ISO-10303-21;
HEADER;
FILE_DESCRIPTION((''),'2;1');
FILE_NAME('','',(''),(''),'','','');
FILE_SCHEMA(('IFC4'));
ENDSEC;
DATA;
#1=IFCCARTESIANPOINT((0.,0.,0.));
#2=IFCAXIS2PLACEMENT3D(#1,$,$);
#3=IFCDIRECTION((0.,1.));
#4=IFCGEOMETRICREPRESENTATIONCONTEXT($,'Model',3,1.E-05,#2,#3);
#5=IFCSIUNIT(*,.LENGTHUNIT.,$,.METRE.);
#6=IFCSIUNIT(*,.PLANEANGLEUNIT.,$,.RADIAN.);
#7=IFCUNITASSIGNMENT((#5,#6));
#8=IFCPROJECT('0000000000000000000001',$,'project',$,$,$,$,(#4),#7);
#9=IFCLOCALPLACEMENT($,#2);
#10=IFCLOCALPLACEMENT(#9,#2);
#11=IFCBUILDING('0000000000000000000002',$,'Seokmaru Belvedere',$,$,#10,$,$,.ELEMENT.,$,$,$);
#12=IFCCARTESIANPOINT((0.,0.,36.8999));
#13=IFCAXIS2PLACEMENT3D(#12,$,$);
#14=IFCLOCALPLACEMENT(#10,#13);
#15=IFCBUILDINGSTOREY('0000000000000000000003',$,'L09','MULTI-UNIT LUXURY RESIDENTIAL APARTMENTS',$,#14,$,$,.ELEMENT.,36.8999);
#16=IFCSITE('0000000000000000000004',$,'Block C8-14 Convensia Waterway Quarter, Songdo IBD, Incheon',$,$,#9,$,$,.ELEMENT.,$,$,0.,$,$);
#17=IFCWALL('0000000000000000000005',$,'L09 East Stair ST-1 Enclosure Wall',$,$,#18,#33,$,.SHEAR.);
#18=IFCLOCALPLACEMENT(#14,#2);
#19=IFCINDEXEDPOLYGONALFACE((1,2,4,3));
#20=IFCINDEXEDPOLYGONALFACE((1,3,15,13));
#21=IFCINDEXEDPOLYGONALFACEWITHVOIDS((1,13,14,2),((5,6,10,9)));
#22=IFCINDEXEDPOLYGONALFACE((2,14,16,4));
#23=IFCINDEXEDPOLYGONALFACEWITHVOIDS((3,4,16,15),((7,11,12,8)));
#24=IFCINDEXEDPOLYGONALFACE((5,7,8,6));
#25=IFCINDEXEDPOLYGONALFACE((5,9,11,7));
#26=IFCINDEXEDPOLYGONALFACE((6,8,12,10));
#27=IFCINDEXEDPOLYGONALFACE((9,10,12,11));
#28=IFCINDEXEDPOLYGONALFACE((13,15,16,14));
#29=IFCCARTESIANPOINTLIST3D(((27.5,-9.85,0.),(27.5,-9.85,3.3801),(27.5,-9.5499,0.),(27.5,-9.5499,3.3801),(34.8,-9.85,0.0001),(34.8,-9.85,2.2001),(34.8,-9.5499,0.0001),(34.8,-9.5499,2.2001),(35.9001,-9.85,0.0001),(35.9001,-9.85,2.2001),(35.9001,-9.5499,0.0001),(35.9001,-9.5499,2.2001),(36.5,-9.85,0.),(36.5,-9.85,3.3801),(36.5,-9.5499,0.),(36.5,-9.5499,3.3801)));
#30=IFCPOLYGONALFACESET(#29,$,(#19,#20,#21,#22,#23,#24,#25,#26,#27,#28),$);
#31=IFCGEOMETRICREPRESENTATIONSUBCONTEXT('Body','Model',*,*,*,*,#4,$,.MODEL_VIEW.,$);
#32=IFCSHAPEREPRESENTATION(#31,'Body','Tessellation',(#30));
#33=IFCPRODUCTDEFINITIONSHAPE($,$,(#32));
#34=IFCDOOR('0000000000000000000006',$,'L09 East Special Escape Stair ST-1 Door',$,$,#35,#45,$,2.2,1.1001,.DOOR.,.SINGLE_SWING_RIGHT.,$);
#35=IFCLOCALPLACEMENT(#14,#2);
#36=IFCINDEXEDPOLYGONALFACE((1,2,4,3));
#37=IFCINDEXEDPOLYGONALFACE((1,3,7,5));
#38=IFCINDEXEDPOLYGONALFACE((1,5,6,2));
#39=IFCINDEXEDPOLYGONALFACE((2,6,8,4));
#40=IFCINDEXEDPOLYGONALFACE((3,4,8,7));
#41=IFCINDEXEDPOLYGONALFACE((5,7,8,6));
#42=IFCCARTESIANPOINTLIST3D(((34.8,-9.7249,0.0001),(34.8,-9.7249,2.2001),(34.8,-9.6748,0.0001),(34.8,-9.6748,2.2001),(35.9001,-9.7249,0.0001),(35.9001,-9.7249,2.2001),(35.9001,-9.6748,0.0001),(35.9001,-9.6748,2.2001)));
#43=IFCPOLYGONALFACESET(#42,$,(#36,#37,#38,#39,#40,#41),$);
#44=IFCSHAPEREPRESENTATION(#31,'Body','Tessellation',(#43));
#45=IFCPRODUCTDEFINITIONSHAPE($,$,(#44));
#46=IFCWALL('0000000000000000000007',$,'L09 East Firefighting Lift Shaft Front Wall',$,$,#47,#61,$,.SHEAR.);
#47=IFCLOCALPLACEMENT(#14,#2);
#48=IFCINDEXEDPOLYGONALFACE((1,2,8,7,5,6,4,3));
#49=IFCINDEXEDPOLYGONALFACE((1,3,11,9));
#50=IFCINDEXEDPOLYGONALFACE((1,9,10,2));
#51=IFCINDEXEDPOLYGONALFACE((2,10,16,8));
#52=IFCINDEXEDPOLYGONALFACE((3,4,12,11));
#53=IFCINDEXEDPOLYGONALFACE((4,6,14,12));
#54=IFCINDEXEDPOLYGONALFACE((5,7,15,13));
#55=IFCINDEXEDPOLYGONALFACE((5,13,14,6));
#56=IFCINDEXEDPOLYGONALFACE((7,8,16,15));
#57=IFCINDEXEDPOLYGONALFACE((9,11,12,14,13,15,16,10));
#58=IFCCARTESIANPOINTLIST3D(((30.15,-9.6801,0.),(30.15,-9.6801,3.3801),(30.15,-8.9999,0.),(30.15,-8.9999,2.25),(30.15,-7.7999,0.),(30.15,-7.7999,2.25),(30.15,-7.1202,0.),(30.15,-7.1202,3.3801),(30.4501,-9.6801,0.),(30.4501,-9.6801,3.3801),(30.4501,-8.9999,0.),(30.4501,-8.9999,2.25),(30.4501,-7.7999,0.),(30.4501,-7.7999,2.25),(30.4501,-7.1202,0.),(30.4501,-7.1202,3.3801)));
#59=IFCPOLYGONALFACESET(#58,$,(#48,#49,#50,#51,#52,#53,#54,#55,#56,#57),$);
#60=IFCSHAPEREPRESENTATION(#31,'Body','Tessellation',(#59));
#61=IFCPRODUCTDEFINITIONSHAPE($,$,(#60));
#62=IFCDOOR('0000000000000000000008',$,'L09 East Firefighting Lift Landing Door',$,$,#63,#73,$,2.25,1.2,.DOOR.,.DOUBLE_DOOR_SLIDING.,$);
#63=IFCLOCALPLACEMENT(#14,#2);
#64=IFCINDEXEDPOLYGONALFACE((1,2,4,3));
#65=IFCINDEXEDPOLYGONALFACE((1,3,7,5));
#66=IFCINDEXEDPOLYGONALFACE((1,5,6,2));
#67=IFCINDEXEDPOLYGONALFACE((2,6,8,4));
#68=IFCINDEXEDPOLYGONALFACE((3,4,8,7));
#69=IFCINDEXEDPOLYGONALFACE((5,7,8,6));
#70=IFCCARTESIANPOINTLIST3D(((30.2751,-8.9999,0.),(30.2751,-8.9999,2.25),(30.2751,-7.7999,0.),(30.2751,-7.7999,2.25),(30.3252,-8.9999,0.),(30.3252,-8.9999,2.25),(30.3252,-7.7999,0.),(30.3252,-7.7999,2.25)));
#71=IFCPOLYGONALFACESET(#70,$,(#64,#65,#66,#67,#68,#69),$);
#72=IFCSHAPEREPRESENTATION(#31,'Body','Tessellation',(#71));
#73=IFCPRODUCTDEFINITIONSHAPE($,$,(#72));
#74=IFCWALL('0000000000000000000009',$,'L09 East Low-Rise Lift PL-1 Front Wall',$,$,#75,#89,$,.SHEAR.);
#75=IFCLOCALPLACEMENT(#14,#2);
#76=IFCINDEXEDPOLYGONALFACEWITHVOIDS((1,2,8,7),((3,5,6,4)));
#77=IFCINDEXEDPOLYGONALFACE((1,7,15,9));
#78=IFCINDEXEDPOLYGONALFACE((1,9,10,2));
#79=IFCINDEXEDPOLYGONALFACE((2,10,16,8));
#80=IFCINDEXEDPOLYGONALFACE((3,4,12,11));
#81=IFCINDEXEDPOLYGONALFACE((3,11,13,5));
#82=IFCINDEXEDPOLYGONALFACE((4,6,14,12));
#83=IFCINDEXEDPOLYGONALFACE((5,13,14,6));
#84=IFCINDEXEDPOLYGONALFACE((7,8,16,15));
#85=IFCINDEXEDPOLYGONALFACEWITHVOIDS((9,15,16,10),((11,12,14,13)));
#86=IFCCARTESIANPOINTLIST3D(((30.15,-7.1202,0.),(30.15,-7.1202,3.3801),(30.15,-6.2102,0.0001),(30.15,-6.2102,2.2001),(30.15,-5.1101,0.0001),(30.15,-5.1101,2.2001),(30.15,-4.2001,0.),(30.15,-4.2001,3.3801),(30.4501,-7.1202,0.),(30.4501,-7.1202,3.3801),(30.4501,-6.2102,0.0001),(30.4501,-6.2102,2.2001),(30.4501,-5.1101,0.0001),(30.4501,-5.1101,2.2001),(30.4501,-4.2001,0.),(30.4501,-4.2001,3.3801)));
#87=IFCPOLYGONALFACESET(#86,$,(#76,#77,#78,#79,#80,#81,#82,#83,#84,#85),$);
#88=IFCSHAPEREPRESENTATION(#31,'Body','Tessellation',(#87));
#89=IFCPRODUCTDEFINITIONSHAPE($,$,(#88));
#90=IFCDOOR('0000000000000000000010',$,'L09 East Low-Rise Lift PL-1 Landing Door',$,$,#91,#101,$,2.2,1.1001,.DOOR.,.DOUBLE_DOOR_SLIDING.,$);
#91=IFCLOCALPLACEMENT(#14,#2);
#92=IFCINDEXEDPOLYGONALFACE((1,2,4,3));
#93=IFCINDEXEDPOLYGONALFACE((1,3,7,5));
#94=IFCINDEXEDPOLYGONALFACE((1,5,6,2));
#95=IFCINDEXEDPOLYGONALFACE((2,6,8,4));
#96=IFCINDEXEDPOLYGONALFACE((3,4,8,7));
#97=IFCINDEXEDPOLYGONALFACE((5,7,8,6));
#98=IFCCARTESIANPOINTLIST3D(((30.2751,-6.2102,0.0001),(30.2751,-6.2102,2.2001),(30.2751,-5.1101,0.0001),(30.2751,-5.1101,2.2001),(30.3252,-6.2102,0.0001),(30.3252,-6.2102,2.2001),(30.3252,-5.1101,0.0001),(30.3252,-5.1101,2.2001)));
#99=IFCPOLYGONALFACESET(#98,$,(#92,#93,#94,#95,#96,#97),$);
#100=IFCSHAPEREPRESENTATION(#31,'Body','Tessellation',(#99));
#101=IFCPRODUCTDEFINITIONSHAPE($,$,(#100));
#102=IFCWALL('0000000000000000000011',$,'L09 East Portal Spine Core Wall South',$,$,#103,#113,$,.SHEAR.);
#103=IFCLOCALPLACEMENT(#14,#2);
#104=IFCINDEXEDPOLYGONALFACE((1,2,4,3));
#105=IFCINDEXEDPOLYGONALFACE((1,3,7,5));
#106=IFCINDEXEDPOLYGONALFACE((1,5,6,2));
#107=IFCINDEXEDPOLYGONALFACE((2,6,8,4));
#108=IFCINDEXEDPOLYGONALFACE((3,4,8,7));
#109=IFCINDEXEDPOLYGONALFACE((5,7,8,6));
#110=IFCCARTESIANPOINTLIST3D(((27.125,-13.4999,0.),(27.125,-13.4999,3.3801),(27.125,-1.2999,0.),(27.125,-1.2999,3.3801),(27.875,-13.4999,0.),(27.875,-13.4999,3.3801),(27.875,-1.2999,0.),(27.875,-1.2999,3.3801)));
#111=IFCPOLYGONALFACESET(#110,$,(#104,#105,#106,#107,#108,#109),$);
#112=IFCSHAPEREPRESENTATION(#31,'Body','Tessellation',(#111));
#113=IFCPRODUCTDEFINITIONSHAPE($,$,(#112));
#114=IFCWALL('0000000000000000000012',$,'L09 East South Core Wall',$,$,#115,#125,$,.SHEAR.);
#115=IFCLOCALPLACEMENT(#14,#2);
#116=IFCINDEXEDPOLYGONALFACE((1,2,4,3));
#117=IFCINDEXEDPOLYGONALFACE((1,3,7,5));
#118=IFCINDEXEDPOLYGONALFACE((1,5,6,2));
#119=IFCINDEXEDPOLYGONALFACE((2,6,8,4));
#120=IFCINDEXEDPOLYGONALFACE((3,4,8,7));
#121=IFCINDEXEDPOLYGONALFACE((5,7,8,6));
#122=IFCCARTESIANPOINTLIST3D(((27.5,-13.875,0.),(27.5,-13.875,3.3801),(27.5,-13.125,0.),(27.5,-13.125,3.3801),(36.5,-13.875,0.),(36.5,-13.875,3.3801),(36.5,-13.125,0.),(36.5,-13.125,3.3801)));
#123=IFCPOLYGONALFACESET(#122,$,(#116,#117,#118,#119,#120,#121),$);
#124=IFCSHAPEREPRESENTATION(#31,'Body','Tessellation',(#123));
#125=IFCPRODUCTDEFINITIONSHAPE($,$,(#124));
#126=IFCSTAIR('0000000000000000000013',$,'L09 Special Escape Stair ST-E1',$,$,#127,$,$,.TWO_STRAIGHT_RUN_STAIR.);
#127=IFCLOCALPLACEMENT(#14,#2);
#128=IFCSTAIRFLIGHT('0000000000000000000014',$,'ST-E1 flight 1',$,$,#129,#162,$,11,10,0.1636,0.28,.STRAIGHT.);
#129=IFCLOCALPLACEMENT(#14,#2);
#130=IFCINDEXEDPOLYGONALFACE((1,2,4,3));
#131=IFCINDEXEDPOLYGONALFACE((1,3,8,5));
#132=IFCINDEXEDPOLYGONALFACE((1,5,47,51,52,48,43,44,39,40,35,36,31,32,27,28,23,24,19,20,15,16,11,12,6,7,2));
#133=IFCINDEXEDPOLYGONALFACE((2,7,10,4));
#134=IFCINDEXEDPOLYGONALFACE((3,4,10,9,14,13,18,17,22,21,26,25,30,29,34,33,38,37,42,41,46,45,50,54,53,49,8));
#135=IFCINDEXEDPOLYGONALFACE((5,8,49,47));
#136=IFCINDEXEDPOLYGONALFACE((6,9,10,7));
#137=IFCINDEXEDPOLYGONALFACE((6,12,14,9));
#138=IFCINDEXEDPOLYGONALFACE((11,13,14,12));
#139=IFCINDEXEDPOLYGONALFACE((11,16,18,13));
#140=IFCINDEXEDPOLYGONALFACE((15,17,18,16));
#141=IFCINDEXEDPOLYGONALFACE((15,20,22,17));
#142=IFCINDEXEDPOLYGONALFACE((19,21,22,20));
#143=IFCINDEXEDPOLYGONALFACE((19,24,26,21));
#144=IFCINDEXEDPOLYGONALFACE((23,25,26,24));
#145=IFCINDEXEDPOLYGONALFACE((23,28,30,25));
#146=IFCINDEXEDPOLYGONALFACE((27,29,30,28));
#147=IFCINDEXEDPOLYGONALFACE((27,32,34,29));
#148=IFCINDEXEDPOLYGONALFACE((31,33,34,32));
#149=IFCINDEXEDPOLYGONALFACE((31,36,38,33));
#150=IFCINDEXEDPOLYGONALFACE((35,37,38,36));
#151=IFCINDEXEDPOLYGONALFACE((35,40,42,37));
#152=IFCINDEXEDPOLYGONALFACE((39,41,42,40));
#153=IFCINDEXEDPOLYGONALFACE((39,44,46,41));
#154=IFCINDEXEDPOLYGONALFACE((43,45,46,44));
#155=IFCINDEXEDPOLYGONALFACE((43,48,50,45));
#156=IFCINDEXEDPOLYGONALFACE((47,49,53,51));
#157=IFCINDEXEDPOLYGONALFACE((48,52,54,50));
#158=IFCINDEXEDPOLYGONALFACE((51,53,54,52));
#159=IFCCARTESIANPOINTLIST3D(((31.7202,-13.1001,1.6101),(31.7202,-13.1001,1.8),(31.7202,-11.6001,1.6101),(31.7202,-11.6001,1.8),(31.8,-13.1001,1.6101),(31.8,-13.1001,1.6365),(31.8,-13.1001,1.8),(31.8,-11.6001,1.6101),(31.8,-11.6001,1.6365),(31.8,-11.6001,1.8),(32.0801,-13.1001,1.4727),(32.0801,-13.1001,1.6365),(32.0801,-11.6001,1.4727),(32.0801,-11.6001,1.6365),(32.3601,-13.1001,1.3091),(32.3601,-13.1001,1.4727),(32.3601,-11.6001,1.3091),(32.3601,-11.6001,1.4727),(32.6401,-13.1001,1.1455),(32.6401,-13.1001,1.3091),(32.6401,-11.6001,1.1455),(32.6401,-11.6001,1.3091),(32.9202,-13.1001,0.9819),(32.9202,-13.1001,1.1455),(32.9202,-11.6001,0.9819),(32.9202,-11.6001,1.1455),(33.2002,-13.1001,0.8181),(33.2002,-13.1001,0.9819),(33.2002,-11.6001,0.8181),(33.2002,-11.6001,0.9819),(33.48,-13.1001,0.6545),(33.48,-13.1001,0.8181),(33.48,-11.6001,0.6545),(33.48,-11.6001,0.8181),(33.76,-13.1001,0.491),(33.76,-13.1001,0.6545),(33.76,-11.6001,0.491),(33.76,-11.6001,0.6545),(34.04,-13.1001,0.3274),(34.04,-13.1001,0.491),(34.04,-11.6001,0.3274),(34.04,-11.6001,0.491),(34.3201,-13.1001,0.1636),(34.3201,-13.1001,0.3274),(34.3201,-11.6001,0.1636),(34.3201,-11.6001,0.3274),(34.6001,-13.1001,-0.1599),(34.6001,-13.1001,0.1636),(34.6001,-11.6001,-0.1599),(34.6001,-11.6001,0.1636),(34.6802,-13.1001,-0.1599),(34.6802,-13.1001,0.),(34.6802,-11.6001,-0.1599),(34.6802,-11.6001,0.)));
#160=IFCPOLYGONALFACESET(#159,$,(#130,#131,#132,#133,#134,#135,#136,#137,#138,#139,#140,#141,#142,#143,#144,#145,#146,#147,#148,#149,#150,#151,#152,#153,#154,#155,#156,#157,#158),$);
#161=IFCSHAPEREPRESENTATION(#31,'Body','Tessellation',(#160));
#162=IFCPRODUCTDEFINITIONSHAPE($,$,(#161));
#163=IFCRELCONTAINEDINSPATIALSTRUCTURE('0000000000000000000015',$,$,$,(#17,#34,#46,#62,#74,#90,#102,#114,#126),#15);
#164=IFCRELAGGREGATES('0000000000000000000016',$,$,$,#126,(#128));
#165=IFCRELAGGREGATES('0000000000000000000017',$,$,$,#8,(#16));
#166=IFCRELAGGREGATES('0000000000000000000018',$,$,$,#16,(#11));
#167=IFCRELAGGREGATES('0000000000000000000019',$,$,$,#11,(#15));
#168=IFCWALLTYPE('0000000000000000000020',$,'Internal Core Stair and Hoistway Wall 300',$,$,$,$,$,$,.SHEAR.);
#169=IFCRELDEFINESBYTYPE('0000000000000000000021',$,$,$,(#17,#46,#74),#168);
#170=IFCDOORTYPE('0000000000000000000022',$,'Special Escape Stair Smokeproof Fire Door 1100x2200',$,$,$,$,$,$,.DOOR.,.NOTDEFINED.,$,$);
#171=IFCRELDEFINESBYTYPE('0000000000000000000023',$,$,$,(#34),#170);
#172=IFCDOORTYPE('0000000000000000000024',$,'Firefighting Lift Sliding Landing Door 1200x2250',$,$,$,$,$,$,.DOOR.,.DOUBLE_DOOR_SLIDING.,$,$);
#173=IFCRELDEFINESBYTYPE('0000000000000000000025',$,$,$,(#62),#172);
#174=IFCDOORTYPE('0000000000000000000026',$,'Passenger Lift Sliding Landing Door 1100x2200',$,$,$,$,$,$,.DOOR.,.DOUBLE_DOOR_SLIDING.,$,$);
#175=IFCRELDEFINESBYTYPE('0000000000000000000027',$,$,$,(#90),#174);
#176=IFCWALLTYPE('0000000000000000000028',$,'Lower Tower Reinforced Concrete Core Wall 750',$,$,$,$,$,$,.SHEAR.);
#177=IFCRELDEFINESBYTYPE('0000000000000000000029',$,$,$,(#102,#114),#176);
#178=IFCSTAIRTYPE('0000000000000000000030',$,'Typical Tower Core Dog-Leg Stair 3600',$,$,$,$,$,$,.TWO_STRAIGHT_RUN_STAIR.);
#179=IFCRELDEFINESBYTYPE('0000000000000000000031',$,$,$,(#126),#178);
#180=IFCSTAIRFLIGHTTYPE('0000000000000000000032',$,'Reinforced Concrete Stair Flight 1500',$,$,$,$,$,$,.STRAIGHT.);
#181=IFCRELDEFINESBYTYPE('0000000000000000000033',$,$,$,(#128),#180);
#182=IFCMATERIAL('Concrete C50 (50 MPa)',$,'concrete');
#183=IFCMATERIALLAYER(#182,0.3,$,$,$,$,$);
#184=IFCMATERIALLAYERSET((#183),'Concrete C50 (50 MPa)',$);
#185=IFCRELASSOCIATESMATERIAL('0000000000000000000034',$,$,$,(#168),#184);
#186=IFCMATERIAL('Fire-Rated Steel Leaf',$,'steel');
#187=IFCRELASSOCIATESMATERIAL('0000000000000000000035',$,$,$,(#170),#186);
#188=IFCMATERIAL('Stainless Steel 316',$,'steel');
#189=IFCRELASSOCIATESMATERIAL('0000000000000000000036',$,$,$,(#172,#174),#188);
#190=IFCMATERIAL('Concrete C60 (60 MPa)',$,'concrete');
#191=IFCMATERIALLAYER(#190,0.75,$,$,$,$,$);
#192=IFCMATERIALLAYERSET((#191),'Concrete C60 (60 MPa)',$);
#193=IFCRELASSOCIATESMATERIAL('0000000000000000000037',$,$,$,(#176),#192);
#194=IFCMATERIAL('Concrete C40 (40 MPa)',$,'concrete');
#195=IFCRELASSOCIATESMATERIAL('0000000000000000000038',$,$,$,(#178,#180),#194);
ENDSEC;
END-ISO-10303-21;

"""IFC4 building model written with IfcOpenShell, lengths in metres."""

from ifc_helpers import new_model, si_unit, direction, frame, frame_2d, origin, place, context, subcontext, project, spatial, polyline, rectangle, outline, extrude, source, transform, mapped, material, layer, layer_set, type_object, type_shapes, element, fill, aggregate, save


model = new_model("IFC4")

# Units and contexts
model_context = context("Model", 3, precision=1e-05, world=origin(), true_north=direction((0.0, 1.0)))
body_context = subcontext(model_context, "Body", "Model", "MODEL_VIEW")
ifc_project = project(units=[si_unit("LENGTHUNIT", "METRE"), si_unit("PLANEANGLEUNIT", "RADIAN")], contexts=[model_context])

# Site, building, storey
site_placement = place(None, origin())
site = spatial("IfcSite", under=ifc_project, at=site_placement, Name="Block C8-14 Convensia Waterway Quarter, Songdo IBD, Incheon", CompositionType="ELEMENT", RefElevation=0.0)
building_placement = place(site_placement, origin())
building = spatial("IfcBuilding", under=site, at=building_placement, Name="Seokmaru Belvedere", CompositionType="ELEMENT")
storey_placement = place(building_placement, frame((0.0, 0.0, 36.8999)))
storey = spatial("IfcBuildingStorey", under=building, at=storey_placement, Name="L09", Description="MULTI-UNIT LUXURY RESIDENTIAL APARTMENTS", CompositionType="ELEMENT", Elevation=36.8999)

# Shared definitions
ifc_material_1 = material(Name="Concrete C50 (50 MPa)", Category="concrete")

# Walls, openings, doors
ifc_layer_1 = layer(ifc_material_1, 0.3)
ifc_layer_set_1 = layer_set([ifc_layer_1], Name="Concrete C50 (50 MPa)")
wall_type_1 = type_object("IfcWallType", Name="Internal Core Stair and Hoistway Wall 300", PredefinedType="SHEAR", material=ifc_layer_set_1)
wall_1_placement = place(storey_placement, frame((27.5, -9.7, 0.0), z_axis=(0.0, 0.0, 1.0), x_axis=(1.0, 0.0, 0.0)))
wall_1 = element("IfcWall", 1, at=wall_1_placement, inside=storey, type_object=wall_type_1, Name="L09 East Stair ST-1 Enclosure Wall", PredefinedType="SHEAR", context=body_context, shape_type="SweptSolid", body=[
    extrude(rectangle(XDim=9.0, YDim=0.3, at=frame_2d((4.5, 0.0))), origin(), (0.0, 0.0, 1.0), 3.3801),
])
opening_1_placement = place(wall_1_placement, frame((7.3, 0.0, 0.0)))
opening_1 = element("IfcOpeningElement", 2, at=opening_1_placement, cuts=wall_1, PredefinedType="OPENING", context=body_context, shape_type="SweptSolid", body=[
    extrude(rectangle(XDim=1.1001, YDim=2.2, at=frame_2d((0.55, 1.1001))), frame((0.0, 0.1602, 0.0), z_axis=(0.0, -1.0, 0.0), x_axis=(1.0, 0.0, 0.0)), (0.0, 0.0, 1.0), 0.3201),
])
ifc_material_2 = material(Name="Fire-Rated Steel Leaf", Category="steel")
door_type_1 = type_object("IfcDoorType", Name="Special Escape Stair Smokeproof Fire Door 1100x2200", OperationType="NOTDEFINED", PredefinedType="DOOR", material=ifc_material_2)
shared_shape_1 = source(origin(), body_context, "Body", "SweptSolid", [
    extrude(rectangle(XDim=1.1001, YDim=2.2, at=frame_2d((0.55, 1.1001))), frame((0.0, 0.0249, 0.0), z_axis=(0.0, -1.0, 0.0), x_axis=(1.0, 0.0, 0.0)), (0.0, 0.0, 1.0), 0.05),
])
type_shapes(door_type_1, [shared_shape_1])
door_1_placement = place(opening_1_placement, frame((1.1001, 0.0, 0.0), z_axis=(0.0, 0.0, 1.0), x_axis=(-1.0, 0.0, 0.0)))
door_1 = element("IfcDoor", 3, at=door_1_placement, inside=storey, type_object=door_type_1, Name="L09 East Special Escape Stair ST-1 Door", OperationType="SINGLE_SWING_RIGHT", OverallHeight=2.2, OverallWidth=1.1001, PredefinedType="DOOR", context=body_context, shape_type="MappedRepresentation", body=[
    mapped(shared_shape_1, transform((0.0, 0.0, 0.0), scale=1.0)),
])
fill(opening_1, door_1)
wall_2_placement = place(storey_placement, frame((30.3, -9.6799, 0.0), z_axis=(0.0, 0.0, 1.0), x_axis=(0.0, 1.0, 0.0)))
wall_2 = element("IfcWall", 4, at=wall_2_placement, inside=storey, type_object=wall_type_1, Name="L09 East Firefighting Lift Shaft Front Wall", PredefinedType="SHEAR", context=body_context, shape_type="SweptSolid", body=[
    extrude(rectangle(XDim=2.5598, YDim=0.3, at=frame_2d((1.2798, 0.0))), origin(), (0.0, 0.0, 1.0), 3.3801),
])
opening_2_placement = place(wall_2_placement, frame((0.6799, 0.0, 0.0)))
opening_2 = element("IfcOpeningElement", 5, at=opening_2_placement, cuts=wall_2, PredefinedType="OPENING", context=body_context, shape_type="SweptSolid", body=[
    extrude(rectangle(XDim=1.2, YDim=2.25, at=frame_2d((0.6001, 1.125))), frame((0.0, 0.1602, 0.0), z_axis=(0.0, -1.0, 0.0), x_axis=(1.0, 0.0, 0.0)), (0.0, 0.0, 1.0), 0.3201),
])
ifc_material_3 = material(Name="Stainless Steel 316", Category="steel")
door_type_2 = type_object("IfcDoorType", Name="Firefighting Lift Sliding Landing Door 1200x2250", OperationType="DOUBLE_DOOR_SLIDING", PredefinedType="DOOR", material=ifc_material_3)
shared_shape_2 = source(origin(), body_context, "Body", "SweptSolid", [
    extrude(rectangle(XDim=1.2, YDim=2.25, at=frame_2d((0.6001, 1.125))), frame((0.0, 0.0249, 0.0), z_axis=(0.0, -1.0, 0.0), x_axis=(1.0, 0.0, 0.0)), (0.0, 0.0, 1.0), 0.05),
])
type_shapes(door_type_2, [shared_shape_2])
door_2_placement = place(opening_2_placement, origin())
door_2 = element("IfcDoor", 6, at=door_2_placement, inside=storey, type_object=door_type_2, Name="L09 East Firefighting Lift Landing Door", OperationType="DOUBLE_DOOR_SLIDING", OverallHeight=2.25, OverallWidth=1.2, PredefinedType="DOOR", context=body_context, shape_type="MappedRepresentation", body=[
    mapped(shared_shape_2, transform((0.0, 0.0, 0.0), scale=1.0)),
])
fill(opening_2, door_2)
wall_3_placement = place(storey_placement, frame((30.3, -7.1201, 0.0), z_axis=(0.0, 0.0, 1.0), x_axis=(0.0, 1.0, 0.0)))
wall_3 = element("IfcWall", 7, at=wall_3_placement, inside=storey, type_object=wall_type_1, Name="L09 East Low-Rise Lift PL-1 Front Wall", PredefinedType="SHEAR", context=body_context, shape_type="SweptSolid", body=[
    extrude(rectangle(XDim=2.9202, YDim=0.3, at=frame_2d((1.46, 0.0))), origin(), (0.0, 0.0, 1.0), 3.3801),
])
opening_3_placement = place(wall_3_placement, frame((0.9099, 0.0, 0.0)))
opening_3 = element("IfcOpeningElement", 8, at=opening_3_placement, cuts=wall_3, PredefinedType="OPENING", context=body_context, shape_type="SweptSolid", body=[
    extrude(rectangle(XDim=1.1001, YDim=2.2, at=frame_2d((0.55, 1.1001))), frame((0.0, 0.1602, 0.0), z_axis=(0.0, -1.0, 0.0), x_axis=(1.0, 0.0, 0.0)), (0.0, 0.0, 1.0), 0.3201),
])
door_type_3 = type_object("IfcDoorType", Name="Passenger Lift Sliding Landing Door 1100x2200", OperationType="DOUBLE_DOOR_SLIDING", PredefinedType="DOOR", material=ifc_material_3)
shared_shape_3 = source(origin(), body_context, "Body", "SweptSolid", [
    extrude(rectangle(XDim=1.1001, YDim=2.2, at=frame_2d((0.55, 1.1001))), frame((0.0, 0.0249, 0.0), z_axis=(0.0, -1.0, 0.0), x_axis=(1.0, 0.0, 0.0)), (0.0, 0.0, 1.0), 0.05),
])
type_shapes(door_type_3, [shared_shape_3])
door_3_placement = place(opening_3_placement, origin())
door_3 = element("IfcDoor", 9, at=door_3_placement, inside=storey, type_object=door_type_3, Name="L09 East Low-Rise Lift PL-1 Landing Door", OperationType="DOUBLE_DOOR_SLIDING", OverallHeight=2.2, OverallWidth=1.1001, PredefinedType="DOOR", context=body_context, shape_type="MappedRepresentation", body=[
    mapped(shared_shape_3, transform((0.0, 0.0, 0.0), scale=1.0)),
])
fill(opening_3, door_3)

# Walls
ifc_material_4 = material(Name="Concrete C60 (60 MPa)", Category="concrete")
ifc_layer_2 = layer(ifc_material_4, 0.75)
ifc_layer_set_2 = layer_set([ifc_layer_2], Name="Concrete C60 (60 MPa)")
wall_type_2 = type_object("IfcWallType", Name="Lower Tower Reinforced Concrete Core Wall 750", PredefinedType="SHEAR", material=ifc_layer_set_2)
wall_4_placement = place(storey_placement, frame((27.5, -13.5, 0.0), z_axis=(0.0, 0.0, 1.0), x_axis=(0.0, 1.0, 0.0)))
element("IfcWall", 10, at=wall_4_placement, inside=storey, type_object=wall_type_2, Name="L09 East Portal Spine Core Wall South", PredefinedType="SHEAR", context=body_context, shape_type="SweptSolid", body=[
    extrude(rectangle(XDim=12.2, YDim=0.75, at=frame_2d((6.1001, 0.0))), origin(), (0.0, 0.0, 1.0), 3.3801),
])
wall_5_placement = place(storey_placement, frame((27.5, -13.5, 0.0), z_axis=(0.0, 0.0, 1.0), x_axis=(1.0, 0.0, 0.0)))
element("IfcWall", 11, at=wall_5_placement, inside=storey, type_object=wall_type_2, Name="L09 East South Core Wall", PredefinedType="SHEAR", context=body_context, shape_type="SweptSolid", body=[
    extrude(rectangle(XDim=9.0, YDim=0.75, at=frame_2d((4.5, 0.0))), origin(), (0.0, 0.0, 1.0), 3.3801),
])

# Stair, stair flight
ifc_material_5 = material(Name="Concrete C40 (40 MPa)", Category="concrete")
stair_type = type_object("IfcStairType", Name="Typical Tower Core Dog-Leg Stair 3600", PredefinedType="TWO_STRAIGHT_RUN_STAIR", material=ifc_material_5)
stair_placement = place(storey_placement, origin())
stair = element("IfcStair", 12, at=stair_placement, inside=storey, type_object=stair_type, Name="L09 Special Escape Stair ST-E1", PredefinedType="TWO_STRAIGHT_RUN_STAIR")
stair_flight_type = type_object("IfcStairFlightType", Name="Reinforced Concrete Stair Flight 1500", PredefinedType="STRAIGHT", material=ifc_material_5)
stair_flight_1_placement = place(storey_placement, frame((34.6001, -12.3501, 0.0), z_axis=(0.0, 0.0, 1.0), x_axis=(-1.0, 0.0, 0.0)))
stair_flight_1 = element("IfcStairFlight", 13, at=stair_flight_1_placement, type_object=stair_flight_type, Name="ST-E1 flight 1", NumberOfRisers=11, NumberOfTreads=10, PredefinedType="STRAIGHT", RiserHeight=0.1636, TreadLength=0.28, context=body_context, shape_type="SweptSolid", body=[
    extrude(outline(polyline([(-0.0801, 0.0), (0.0, 0.1636), (0.28, 0.1636), (0.28, 0.3274), (0.5601, 0.3274), (0.5601, 0.491), (0.8401, 0.491), (0.8401, 0.6545), (1.1201, 0.6545), (1.1201, 0.8181), (1.3999, 0.8181), (1.3999, 0.9819), (1.6799, 0.9819), (1.6799, 1.1455), (1.96, 1.1455), (1.96, 1.3091), (2.24, 1.3091), (2.24, 1.4727), (2.52, 1.4727), (2.52, 1.6365), (2.8, 1.6365), (2.8, 1.8), (2.8799, 1.8), (2.8799, 1.6101), (2.8, 1.6101), (0.0, -0.1599), (-0.0801, -0.1599), (-0.0801, 0.0)])), frame((0.0, 0.75, 0.0), z_axis=(0.0, -1.0, 0.0), x_axis=(1.0, 0.0, 0.0)), (0.0, 0.0, 1.0), 1.5),
])
aggregate(stair, [stair_flight_1])

save(model, "model.ifc")
